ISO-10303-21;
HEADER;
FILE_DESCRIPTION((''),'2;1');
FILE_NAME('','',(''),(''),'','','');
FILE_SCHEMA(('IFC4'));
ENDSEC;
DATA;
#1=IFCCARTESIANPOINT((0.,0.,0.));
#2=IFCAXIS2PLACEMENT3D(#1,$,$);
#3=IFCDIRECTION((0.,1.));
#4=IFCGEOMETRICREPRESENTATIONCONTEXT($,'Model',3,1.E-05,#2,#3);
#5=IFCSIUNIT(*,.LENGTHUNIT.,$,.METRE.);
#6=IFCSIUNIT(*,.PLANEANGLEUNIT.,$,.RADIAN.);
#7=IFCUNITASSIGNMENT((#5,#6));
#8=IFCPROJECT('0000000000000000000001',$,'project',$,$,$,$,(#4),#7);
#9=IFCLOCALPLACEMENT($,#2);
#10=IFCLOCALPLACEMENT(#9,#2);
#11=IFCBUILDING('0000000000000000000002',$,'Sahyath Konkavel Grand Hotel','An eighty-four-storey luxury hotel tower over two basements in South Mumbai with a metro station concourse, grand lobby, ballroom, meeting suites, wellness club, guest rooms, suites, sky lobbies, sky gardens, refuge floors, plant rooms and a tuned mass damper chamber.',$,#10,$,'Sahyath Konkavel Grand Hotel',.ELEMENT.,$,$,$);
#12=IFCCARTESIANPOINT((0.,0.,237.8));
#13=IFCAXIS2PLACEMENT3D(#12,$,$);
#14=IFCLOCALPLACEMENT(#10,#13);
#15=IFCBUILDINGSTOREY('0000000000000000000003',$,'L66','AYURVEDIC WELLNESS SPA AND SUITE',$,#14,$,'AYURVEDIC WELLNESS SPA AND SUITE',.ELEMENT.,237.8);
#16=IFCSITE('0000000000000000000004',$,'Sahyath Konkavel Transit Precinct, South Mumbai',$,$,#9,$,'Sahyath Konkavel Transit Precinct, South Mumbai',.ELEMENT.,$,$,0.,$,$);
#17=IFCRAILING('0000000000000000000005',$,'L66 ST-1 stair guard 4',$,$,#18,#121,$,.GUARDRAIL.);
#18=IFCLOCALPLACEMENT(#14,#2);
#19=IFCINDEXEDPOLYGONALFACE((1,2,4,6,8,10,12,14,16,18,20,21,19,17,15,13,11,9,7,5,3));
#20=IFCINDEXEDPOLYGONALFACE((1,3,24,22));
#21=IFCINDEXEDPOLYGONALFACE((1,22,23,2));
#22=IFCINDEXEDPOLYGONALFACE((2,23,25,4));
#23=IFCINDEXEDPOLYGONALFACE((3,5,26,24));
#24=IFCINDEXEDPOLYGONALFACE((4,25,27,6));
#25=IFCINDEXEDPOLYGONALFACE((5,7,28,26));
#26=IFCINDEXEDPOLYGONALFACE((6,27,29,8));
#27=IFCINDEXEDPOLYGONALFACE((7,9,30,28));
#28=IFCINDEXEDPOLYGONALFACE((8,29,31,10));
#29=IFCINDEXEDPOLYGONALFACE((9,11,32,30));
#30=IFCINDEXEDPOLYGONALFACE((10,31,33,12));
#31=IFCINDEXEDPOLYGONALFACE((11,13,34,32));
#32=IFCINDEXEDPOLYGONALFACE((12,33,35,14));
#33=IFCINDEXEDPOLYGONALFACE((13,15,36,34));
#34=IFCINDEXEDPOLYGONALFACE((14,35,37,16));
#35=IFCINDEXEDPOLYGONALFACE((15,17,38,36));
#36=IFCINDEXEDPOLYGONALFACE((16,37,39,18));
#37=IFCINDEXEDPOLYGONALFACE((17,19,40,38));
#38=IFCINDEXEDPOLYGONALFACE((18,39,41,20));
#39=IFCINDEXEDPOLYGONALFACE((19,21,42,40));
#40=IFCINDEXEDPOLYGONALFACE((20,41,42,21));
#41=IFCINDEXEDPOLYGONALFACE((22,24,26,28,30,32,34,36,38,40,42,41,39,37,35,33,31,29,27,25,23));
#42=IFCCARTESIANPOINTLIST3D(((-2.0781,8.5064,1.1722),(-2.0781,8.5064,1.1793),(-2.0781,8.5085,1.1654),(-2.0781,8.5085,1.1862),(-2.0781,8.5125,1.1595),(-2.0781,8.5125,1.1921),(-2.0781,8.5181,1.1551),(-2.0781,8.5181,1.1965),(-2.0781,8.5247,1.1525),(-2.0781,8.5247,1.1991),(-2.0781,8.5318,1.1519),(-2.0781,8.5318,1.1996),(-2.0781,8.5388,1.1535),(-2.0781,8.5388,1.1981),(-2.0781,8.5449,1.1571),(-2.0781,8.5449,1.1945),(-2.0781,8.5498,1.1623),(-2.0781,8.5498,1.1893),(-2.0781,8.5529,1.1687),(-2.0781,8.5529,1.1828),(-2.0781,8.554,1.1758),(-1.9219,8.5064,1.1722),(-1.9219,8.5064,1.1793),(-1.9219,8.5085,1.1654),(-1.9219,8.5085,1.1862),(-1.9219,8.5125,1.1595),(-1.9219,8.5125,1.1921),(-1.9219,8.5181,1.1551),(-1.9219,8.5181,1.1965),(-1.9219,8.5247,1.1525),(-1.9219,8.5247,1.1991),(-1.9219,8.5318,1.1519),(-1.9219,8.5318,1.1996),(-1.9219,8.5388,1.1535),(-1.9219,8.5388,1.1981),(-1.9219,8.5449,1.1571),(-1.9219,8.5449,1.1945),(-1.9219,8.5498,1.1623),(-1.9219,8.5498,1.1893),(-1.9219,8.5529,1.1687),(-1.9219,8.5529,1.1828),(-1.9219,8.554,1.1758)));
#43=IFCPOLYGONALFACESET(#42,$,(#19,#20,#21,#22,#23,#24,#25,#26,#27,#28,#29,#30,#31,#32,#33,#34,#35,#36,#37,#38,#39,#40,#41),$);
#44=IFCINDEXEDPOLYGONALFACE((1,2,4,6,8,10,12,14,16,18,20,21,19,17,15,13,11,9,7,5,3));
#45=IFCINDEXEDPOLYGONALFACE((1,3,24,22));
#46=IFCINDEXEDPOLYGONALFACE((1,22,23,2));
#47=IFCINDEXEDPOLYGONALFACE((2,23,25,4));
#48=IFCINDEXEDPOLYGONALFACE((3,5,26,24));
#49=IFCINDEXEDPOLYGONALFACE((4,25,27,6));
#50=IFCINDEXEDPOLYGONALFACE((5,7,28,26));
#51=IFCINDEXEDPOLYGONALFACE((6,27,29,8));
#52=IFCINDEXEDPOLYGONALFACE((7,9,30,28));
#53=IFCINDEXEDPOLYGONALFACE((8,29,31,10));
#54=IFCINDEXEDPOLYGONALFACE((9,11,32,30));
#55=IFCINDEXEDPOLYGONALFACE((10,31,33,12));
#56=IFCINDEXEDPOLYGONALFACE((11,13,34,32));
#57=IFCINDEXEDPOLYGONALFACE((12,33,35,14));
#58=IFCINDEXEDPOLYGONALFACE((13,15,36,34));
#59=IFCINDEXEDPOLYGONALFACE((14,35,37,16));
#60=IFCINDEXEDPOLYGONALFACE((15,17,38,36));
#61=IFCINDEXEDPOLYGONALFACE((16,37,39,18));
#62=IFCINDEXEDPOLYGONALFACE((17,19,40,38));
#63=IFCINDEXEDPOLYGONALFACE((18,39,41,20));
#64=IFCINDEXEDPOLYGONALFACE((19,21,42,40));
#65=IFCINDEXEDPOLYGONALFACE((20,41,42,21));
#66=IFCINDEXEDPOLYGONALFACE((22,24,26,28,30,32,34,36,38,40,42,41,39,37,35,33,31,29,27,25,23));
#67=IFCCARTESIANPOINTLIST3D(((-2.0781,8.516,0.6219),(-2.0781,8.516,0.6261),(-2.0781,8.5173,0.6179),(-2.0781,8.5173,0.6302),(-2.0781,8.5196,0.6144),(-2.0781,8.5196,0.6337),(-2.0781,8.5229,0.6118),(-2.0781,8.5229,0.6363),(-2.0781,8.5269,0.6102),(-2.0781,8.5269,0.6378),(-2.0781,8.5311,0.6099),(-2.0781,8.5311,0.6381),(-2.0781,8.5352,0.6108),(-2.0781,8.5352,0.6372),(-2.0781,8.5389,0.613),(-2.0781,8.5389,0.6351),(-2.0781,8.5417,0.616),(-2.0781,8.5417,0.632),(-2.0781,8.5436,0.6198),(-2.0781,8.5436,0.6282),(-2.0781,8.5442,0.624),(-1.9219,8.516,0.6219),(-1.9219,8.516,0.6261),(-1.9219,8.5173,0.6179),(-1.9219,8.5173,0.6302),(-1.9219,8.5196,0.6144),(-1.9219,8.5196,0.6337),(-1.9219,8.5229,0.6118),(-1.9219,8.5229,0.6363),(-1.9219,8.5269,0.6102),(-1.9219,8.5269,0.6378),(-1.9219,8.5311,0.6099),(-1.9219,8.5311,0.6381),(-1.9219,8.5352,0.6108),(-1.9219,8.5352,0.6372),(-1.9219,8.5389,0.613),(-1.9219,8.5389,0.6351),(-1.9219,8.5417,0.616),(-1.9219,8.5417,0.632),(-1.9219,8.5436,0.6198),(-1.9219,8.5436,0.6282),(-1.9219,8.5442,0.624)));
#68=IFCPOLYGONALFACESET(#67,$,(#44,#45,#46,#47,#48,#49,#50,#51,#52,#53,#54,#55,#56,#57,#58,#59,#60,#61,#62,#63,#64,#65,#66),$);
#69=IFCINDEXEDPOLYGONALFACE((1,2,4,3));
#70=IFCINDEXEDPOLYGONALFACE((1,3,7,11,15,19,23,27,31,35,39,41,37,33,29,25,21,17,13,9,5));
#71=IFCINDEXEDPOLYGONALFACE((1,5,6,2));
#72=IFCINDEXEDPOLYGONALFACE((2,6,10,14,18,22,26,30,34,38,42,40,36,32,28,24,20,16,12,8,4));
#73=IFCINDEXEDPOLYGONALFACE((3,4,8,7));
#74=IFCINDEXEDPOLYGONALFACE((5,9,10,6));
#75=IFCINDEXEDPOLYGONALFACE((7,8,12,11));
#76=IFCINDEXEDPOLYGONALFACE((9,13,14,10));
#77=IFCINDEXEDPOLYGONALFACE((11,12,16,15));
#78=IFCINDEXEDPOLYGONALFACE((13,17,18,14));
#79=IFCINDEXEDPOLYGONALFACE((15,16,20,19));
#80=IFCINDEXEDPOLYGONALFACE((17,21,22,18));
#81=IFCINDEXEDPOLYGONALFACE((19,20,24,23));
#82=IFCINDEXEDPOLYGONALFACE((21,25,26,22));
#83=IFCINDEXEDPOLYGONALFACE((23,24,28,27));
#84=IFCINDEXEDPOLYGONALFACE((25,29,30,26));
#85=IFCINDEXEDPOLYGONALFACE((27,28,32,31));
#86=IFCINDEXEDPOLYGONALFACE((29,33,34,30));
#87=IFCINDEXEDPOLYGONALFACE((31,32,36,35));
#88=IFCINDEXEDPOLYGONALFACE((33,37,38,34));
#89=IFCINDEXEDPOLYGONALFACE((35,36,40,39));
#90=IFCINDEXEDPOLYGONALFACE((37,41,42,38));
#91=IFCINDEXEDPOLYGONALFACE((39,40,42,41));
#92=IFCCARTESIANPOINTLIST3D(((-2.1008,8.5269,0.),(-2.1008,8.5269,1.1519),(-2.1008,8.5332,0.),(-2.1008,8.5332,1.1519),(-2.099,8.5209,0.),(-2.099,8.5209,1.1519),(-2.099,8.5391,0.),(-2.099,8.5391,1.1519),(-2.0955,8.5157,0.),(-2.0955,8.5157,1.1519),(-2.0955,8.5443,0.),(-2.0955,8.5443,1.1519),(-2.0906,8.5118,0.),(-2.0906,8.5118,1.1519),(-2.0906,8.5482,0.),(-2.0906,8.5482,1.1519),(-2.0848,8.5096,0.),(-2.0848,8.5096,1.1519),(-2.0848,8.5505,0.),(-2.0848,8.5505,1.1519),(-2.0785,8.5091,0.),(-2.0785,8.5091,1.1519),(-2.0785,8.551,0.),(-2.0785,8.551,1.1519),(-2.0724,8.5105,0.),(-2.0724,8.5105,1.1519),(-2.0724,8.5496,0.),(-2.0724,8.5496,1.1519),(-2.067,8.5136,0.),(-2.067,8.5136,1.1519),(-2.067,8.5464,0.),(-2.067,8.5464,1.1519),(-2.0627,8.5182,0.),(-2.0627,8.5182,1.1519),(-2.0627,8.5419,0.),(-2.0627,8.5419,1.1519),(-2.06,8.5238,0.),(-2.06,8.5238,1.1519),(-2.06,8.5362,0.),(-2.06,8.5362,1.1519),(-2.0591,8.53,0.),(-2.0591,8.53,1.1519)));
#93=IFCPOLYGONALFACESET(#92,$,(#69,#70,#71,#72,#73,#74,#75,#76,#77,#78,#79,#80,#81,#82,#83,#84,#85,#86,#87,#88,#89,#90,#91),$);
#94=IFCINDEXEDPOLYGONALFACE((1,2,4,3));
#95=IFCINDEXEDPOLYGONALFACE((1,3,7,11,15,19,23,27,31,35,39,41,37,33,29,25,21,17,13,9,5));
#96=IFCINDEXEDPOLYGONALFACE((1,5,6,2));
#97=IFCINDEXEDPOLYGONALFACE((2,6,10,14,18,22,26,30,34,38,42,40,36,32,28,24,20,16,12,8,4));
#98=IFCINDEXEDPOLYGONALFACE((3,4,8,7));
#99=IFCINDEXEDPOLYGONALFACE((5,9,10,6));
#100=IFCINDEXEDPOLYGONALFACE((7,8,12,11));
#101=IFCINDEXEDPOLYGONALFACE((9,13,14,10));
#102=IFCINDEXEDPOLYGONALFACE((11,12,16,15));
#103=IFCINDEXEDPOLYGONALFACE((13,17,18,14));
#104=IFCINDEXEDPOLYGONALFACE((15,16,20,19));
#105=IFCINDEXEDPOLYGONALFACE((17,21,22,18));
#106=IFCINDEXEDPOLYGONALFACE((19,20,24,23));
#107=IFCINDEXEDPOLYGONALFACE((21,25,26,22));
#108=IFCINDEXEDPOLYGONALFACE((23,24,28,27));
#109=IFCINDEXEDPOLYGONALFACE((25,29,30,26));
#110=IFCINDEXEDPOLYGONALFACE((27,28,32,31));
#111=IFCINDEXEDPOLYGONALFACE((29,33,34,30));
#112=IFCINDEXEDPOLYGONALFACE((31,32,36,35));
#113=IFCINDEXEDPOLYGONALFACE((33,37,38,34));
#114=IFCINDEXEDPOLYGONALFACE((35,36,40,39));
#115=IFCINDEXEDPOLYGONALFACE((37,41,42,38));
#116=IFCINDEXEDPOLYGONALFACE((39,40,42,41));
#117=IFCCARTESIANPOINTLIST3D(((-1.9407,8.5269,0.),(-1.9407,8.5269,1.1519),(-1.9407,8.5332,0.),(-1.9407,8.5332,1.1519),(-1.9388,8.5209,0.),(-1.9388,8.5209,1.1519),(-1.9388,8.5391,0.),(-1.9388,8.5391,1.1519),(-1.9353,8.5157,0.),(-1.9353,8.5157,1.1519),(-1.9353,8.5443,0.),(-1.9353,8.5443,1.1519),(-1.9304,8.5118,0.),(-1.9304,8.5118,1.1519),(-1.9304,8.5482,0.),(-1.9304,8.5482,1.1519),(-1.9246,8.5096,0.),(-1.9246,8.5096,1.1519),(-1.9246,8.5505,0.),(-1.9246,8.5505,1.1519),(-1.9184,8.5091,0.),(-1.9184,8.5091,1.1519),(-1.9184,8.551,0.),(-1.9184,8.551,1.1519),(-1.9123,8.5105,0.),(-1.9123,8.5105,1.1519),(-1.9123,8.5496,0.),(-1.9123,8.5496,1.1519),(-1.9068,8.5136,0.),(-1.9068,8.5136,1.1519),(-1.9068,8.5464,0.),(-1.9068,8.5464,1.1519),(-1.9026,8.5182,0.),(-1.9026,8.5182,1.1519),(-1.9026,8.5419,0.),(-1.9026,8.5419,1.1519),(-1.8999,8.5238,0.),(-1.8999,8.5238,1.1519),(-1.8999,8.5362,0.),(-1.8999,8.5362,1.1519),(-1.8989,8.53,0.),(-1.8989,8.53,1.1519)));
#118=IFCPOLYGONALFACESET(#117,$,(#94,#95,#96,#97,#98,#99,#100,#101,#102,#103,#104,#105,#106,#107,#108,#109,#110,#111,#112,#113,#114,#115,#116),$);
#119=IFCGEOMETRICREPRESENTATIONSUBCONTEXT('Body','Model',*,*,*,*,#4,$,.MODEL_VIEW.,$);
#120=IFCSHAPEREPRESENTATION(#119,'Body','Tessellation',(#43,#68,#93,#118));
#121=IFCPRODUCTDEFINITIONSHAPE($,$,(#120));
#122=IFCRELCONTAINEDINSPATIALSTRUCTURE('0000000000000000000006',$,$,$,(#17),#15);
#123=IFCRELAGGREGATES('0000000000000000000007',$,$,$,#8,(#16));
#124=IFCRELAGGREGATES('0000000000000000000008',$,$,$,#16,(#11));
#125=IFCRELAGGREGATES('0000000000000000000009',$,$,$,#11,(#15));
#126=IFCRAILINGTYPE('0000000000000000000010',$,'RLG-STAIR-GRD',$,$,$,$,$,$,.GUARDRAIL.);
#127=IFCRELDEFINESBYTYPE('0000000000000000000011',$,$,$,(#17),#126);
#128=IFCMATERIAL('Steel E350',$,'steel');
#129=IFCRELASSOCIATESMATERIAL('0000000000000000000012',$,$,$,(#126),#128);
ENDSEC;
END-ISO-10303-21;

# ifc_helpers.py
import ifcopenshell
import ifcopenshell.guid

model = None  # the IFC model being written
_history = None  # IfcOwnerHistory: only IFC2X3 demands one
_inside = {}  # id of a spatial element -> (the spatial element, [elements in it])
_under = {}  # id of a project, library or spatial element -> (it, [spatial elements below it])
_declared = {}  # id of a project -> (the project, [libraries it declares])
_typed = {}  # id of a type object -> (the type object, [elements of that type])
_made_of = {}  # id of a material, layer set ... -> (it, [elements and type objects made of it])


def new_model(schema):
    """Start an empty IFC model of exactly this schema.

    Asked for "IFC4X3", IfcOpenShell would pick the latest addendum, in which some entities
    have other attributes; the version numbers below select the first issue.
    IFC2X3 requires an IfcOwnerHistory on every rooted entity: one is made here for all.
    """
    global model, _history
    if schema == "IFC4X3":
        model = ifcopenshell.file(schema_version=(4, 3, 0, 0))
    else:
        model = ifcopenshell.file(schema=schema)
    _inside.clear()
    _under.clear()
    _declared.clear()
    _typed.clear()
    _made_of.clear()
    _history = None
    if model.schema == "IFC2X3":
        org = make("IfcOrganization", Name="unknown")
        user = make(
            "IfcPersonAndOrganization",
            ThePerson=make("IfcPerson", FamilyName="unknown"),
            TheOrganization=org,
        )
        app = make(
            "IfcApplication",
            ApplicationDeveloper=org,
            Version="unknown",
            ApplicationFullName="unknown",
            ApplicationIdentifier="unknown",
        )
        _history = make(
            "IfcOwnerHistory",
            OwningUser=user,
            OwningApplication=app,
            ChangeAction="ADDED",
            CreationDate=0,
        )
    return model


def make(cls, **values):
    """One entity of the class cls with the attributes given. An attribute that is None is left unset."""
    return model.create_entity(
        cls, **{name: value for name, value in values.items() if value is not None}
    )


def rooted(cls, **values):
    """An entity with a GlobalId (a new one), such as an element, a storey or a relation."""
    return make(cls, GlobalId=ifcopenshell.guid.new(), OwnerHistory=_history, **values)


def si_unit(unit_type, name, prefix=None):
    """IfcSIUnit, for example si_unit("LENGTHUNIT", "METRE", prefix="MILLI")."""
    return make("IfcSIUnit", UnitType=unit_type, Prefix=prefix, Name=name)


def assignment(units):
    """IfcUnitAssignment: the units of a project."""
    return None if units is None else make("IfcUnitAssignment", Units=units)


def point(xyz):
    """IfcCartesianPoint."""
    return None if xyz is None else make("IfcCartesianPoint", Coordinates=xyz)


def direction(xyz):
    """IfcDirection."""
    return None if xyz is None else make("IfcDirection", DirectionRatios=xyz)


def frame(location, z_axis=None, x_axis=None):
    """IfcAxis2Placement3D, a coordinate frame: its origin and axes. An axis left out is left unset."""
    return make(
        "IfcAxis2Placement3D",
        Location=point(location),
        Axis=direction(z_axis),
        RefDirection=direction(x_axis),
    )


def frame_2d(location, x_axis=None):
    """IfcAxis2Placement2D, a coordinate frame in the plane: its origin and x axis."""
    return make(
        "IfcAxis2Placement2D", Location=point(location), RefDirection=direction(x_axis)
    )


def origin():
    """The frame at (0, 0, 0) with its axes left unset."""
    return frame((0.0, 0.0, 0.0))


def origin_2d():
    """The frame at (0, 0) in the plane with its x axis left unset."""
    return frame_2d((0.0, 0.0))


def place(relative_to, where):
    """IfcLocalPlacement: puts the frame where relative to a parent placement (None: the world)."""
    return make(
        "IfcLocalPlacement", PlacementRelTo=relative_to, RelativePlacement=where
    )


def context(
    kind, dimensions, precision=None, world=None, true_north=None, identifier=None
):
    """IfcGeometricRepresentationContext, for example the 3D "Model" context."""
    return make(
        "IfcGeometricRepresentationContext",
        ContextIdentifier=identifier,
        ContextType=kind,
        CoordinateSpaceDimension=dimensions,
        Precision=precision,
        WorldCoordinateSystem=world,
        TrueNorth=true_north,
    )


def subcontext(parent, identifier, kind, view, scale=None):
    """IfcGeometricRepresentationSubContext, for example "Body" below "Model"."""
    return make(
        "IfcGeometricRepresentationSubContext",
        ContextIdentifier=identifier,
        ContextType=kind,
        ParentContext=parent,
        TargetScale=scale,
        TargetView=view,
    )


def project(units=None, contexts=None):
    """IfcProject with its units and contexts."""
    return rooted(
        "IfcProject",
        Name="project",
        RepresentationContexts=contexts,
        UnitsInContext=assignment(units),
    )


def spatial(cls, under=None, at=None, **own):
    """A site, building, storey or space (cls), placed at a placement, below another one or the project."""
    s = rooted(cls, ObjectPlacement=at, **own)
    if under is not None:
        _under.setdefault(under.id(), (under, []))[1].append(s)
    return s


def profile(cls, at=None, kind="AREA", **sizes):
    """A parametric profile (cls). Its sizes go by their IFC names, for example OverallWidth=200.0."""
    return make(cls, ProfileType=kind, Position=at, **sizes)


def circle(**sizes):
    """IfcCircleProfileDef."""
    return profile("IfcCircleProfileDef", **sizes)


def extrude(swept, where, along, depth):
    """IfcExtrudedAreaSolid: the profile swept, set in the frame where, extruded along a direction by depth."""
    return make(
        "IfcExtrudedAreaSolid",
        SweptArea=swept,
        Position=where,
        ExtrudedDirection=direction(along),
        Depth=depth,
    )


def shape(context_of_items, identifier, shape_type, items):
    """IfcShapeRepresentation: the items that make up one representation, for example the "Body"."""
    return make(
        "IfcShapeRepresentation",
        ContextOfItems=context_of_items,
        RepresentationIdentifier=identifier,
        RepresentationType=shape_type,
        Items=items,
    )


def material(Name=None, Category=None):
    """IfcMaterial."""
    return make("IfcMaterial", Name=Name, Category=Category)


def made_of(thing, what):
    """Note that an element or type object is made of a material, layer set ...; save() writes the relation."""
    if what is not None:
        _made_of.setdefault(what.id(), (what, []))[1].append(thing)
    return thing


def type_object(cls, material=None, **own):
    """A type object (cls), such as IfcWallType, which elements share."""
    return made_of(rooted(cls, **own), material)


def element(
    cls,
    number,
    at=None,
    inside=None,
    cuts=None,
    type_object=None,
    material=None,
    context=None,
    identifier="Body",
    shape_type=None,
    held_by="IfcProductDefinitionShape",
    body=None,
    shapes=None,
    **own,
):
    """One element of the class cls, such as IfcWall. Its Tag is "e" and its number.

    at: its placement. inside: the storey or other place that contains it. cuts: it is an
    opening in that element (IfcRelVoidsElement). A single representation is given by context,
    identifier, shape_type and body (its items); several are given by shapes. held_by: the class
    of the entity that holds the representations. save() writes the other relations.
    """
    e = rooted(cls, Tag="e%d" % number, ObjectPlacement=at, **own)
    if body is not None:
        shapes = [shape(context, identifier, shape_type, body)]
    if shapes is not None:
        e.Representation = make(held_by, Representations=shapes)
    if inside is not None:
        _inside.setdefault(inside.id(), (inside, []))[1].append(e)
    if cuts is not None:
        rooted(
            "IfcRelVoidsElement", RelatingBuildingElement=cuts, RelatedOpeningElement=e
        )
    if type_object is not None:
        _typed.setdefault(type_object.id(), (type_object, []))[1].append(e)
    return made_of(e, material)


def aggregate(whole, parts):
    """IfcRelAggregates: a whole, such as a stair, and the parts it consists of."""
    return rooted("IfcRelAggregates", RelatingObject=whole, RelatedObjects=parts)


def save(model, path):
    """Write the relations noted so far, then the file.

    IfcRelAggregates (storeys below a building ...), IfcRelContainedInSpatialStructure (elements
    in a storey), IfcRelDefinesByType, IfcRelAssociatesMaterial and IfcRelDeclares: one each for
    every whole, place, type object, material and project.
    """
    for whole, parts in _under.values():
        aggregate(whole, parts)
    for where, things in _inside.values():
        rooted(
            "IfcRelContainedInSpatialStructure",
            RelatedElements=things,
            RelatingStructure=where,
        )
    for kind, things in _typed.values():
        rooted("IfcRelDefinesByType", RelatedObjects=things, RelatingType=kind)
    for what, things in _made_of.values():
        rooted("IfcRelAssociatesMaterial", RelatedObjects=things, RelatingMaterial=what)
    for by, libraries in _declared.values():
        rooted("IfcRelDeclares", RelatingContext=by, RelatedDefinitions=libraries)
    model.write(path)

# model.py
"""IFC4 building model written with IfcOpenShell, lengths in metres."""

from ifc_helpers import new_model, si_unit, direction, frame, origin, origin_2d, place, context, subcontext, project, spatial, circle, extrude, material, type_object, element, save


model = new_model("IFC4")

# Units and contexts
model_context = context("Model", 3, precision=1e-05, world=origin(), true_north=direction((0.0, 1.0)))
body_context = subcontext(model_context, "Body", "Model", "MODEL_VIEW")
ifc_project = project(units=[si_unit("LENGTHUNIT", "METRE"), si_unit("PLANEANGLEUNIT", "RADIAN")], contexts=[model_context])

# Site, building, storey
site_placement = place(None, origin())
site = spatial("IfcSite", under=ifc_project, at=site_placement, Name="Sahyath Konkavel Transit Precinct, South Mumbai", LongName="Sahyath Konkavel Transit Precinct, South Mumbai", CompositionType="ELEMENT", RefElevation=0.0)
building_placement = place(site_placement, origin())
building = spatial("IfcBuilding", under=site, at=building_placement, Name="Sahyath Konkavel Grand Hotel", Description="An eighty-four-storey luxury hotel tower over two basements in South Mumbai with a metro station concourse, grand lobby, ballroom, meeting suites, wellness club, guest rooms, suites, sky lobbies, sky gardens, refuge floors, plant rooms and a tuned mass damper chamber.", LongName="Sahyath Konkavel Grand Hotel", CompositionType="ELEMENT")
storey_placement = place(building_placement, frame((0.0, 0.0, 237.8)))
storey = spatial("IfcBuildingStorey", under=building, at=storey_placement, Name="L66", Description="AYURVEDIC WELLNESS SPA AND SUITE", LongName="AYURVEDIC WELLNESS SPA AND SUITE", CompositionType="ELEMENT", Elevation=237.8)

# Shared definitions
ifc_material_1 = material(Name="Steel E350", Category="steel")

# Railing
railing_type_1 = type_object("IfcRailingType", Name="RLG-STAIR-GRD", PredefinedType="GUARDRAIL", material=ifc_material_1)
railing_1_placement = place(storey_placement, frame((-2.0801, 8.53, 0.0)))
element("IfcRailing", 1, at=railing_1_placement, inside=storey, type_object=railing_type_1, Name="L66 ST-1 stair guard 4", PredefinedType="GUARDRAIL", context=body_context, shape_type="SweptSolid", body=[
    extrude(circle(Radius=0.0239, at=origin_2d()), frame((0.002, 0.0, 1.1758), z_axis=(1.0, 0.0, 0.0), x_axis=(0.0, 1.0, 0.0)), (0.0, 0.0, 1.0), 0.1562),
    extrude(circle(Radius=0.0142, at=origin_2d()), frame((0.002, 0.0, 0.624), z_axis=(1.0, 0.0, 0.0), x_axis=(0.0, 1.0, 0.0)), (0.0, 0.0, 1.0), 0.1562),
    extrude(circle(Radius=0.021, at=origin_2d()), origin(), (0.0, 0.0, 1.0), 1.1519),
    extrude(circle(Radius=0.021, at=origin_2d()), frame((0.1602, 0.0, 0.0)), (0.0, 0.0, 1.0), 1.1519),
])

save(model, "model.ifc")
